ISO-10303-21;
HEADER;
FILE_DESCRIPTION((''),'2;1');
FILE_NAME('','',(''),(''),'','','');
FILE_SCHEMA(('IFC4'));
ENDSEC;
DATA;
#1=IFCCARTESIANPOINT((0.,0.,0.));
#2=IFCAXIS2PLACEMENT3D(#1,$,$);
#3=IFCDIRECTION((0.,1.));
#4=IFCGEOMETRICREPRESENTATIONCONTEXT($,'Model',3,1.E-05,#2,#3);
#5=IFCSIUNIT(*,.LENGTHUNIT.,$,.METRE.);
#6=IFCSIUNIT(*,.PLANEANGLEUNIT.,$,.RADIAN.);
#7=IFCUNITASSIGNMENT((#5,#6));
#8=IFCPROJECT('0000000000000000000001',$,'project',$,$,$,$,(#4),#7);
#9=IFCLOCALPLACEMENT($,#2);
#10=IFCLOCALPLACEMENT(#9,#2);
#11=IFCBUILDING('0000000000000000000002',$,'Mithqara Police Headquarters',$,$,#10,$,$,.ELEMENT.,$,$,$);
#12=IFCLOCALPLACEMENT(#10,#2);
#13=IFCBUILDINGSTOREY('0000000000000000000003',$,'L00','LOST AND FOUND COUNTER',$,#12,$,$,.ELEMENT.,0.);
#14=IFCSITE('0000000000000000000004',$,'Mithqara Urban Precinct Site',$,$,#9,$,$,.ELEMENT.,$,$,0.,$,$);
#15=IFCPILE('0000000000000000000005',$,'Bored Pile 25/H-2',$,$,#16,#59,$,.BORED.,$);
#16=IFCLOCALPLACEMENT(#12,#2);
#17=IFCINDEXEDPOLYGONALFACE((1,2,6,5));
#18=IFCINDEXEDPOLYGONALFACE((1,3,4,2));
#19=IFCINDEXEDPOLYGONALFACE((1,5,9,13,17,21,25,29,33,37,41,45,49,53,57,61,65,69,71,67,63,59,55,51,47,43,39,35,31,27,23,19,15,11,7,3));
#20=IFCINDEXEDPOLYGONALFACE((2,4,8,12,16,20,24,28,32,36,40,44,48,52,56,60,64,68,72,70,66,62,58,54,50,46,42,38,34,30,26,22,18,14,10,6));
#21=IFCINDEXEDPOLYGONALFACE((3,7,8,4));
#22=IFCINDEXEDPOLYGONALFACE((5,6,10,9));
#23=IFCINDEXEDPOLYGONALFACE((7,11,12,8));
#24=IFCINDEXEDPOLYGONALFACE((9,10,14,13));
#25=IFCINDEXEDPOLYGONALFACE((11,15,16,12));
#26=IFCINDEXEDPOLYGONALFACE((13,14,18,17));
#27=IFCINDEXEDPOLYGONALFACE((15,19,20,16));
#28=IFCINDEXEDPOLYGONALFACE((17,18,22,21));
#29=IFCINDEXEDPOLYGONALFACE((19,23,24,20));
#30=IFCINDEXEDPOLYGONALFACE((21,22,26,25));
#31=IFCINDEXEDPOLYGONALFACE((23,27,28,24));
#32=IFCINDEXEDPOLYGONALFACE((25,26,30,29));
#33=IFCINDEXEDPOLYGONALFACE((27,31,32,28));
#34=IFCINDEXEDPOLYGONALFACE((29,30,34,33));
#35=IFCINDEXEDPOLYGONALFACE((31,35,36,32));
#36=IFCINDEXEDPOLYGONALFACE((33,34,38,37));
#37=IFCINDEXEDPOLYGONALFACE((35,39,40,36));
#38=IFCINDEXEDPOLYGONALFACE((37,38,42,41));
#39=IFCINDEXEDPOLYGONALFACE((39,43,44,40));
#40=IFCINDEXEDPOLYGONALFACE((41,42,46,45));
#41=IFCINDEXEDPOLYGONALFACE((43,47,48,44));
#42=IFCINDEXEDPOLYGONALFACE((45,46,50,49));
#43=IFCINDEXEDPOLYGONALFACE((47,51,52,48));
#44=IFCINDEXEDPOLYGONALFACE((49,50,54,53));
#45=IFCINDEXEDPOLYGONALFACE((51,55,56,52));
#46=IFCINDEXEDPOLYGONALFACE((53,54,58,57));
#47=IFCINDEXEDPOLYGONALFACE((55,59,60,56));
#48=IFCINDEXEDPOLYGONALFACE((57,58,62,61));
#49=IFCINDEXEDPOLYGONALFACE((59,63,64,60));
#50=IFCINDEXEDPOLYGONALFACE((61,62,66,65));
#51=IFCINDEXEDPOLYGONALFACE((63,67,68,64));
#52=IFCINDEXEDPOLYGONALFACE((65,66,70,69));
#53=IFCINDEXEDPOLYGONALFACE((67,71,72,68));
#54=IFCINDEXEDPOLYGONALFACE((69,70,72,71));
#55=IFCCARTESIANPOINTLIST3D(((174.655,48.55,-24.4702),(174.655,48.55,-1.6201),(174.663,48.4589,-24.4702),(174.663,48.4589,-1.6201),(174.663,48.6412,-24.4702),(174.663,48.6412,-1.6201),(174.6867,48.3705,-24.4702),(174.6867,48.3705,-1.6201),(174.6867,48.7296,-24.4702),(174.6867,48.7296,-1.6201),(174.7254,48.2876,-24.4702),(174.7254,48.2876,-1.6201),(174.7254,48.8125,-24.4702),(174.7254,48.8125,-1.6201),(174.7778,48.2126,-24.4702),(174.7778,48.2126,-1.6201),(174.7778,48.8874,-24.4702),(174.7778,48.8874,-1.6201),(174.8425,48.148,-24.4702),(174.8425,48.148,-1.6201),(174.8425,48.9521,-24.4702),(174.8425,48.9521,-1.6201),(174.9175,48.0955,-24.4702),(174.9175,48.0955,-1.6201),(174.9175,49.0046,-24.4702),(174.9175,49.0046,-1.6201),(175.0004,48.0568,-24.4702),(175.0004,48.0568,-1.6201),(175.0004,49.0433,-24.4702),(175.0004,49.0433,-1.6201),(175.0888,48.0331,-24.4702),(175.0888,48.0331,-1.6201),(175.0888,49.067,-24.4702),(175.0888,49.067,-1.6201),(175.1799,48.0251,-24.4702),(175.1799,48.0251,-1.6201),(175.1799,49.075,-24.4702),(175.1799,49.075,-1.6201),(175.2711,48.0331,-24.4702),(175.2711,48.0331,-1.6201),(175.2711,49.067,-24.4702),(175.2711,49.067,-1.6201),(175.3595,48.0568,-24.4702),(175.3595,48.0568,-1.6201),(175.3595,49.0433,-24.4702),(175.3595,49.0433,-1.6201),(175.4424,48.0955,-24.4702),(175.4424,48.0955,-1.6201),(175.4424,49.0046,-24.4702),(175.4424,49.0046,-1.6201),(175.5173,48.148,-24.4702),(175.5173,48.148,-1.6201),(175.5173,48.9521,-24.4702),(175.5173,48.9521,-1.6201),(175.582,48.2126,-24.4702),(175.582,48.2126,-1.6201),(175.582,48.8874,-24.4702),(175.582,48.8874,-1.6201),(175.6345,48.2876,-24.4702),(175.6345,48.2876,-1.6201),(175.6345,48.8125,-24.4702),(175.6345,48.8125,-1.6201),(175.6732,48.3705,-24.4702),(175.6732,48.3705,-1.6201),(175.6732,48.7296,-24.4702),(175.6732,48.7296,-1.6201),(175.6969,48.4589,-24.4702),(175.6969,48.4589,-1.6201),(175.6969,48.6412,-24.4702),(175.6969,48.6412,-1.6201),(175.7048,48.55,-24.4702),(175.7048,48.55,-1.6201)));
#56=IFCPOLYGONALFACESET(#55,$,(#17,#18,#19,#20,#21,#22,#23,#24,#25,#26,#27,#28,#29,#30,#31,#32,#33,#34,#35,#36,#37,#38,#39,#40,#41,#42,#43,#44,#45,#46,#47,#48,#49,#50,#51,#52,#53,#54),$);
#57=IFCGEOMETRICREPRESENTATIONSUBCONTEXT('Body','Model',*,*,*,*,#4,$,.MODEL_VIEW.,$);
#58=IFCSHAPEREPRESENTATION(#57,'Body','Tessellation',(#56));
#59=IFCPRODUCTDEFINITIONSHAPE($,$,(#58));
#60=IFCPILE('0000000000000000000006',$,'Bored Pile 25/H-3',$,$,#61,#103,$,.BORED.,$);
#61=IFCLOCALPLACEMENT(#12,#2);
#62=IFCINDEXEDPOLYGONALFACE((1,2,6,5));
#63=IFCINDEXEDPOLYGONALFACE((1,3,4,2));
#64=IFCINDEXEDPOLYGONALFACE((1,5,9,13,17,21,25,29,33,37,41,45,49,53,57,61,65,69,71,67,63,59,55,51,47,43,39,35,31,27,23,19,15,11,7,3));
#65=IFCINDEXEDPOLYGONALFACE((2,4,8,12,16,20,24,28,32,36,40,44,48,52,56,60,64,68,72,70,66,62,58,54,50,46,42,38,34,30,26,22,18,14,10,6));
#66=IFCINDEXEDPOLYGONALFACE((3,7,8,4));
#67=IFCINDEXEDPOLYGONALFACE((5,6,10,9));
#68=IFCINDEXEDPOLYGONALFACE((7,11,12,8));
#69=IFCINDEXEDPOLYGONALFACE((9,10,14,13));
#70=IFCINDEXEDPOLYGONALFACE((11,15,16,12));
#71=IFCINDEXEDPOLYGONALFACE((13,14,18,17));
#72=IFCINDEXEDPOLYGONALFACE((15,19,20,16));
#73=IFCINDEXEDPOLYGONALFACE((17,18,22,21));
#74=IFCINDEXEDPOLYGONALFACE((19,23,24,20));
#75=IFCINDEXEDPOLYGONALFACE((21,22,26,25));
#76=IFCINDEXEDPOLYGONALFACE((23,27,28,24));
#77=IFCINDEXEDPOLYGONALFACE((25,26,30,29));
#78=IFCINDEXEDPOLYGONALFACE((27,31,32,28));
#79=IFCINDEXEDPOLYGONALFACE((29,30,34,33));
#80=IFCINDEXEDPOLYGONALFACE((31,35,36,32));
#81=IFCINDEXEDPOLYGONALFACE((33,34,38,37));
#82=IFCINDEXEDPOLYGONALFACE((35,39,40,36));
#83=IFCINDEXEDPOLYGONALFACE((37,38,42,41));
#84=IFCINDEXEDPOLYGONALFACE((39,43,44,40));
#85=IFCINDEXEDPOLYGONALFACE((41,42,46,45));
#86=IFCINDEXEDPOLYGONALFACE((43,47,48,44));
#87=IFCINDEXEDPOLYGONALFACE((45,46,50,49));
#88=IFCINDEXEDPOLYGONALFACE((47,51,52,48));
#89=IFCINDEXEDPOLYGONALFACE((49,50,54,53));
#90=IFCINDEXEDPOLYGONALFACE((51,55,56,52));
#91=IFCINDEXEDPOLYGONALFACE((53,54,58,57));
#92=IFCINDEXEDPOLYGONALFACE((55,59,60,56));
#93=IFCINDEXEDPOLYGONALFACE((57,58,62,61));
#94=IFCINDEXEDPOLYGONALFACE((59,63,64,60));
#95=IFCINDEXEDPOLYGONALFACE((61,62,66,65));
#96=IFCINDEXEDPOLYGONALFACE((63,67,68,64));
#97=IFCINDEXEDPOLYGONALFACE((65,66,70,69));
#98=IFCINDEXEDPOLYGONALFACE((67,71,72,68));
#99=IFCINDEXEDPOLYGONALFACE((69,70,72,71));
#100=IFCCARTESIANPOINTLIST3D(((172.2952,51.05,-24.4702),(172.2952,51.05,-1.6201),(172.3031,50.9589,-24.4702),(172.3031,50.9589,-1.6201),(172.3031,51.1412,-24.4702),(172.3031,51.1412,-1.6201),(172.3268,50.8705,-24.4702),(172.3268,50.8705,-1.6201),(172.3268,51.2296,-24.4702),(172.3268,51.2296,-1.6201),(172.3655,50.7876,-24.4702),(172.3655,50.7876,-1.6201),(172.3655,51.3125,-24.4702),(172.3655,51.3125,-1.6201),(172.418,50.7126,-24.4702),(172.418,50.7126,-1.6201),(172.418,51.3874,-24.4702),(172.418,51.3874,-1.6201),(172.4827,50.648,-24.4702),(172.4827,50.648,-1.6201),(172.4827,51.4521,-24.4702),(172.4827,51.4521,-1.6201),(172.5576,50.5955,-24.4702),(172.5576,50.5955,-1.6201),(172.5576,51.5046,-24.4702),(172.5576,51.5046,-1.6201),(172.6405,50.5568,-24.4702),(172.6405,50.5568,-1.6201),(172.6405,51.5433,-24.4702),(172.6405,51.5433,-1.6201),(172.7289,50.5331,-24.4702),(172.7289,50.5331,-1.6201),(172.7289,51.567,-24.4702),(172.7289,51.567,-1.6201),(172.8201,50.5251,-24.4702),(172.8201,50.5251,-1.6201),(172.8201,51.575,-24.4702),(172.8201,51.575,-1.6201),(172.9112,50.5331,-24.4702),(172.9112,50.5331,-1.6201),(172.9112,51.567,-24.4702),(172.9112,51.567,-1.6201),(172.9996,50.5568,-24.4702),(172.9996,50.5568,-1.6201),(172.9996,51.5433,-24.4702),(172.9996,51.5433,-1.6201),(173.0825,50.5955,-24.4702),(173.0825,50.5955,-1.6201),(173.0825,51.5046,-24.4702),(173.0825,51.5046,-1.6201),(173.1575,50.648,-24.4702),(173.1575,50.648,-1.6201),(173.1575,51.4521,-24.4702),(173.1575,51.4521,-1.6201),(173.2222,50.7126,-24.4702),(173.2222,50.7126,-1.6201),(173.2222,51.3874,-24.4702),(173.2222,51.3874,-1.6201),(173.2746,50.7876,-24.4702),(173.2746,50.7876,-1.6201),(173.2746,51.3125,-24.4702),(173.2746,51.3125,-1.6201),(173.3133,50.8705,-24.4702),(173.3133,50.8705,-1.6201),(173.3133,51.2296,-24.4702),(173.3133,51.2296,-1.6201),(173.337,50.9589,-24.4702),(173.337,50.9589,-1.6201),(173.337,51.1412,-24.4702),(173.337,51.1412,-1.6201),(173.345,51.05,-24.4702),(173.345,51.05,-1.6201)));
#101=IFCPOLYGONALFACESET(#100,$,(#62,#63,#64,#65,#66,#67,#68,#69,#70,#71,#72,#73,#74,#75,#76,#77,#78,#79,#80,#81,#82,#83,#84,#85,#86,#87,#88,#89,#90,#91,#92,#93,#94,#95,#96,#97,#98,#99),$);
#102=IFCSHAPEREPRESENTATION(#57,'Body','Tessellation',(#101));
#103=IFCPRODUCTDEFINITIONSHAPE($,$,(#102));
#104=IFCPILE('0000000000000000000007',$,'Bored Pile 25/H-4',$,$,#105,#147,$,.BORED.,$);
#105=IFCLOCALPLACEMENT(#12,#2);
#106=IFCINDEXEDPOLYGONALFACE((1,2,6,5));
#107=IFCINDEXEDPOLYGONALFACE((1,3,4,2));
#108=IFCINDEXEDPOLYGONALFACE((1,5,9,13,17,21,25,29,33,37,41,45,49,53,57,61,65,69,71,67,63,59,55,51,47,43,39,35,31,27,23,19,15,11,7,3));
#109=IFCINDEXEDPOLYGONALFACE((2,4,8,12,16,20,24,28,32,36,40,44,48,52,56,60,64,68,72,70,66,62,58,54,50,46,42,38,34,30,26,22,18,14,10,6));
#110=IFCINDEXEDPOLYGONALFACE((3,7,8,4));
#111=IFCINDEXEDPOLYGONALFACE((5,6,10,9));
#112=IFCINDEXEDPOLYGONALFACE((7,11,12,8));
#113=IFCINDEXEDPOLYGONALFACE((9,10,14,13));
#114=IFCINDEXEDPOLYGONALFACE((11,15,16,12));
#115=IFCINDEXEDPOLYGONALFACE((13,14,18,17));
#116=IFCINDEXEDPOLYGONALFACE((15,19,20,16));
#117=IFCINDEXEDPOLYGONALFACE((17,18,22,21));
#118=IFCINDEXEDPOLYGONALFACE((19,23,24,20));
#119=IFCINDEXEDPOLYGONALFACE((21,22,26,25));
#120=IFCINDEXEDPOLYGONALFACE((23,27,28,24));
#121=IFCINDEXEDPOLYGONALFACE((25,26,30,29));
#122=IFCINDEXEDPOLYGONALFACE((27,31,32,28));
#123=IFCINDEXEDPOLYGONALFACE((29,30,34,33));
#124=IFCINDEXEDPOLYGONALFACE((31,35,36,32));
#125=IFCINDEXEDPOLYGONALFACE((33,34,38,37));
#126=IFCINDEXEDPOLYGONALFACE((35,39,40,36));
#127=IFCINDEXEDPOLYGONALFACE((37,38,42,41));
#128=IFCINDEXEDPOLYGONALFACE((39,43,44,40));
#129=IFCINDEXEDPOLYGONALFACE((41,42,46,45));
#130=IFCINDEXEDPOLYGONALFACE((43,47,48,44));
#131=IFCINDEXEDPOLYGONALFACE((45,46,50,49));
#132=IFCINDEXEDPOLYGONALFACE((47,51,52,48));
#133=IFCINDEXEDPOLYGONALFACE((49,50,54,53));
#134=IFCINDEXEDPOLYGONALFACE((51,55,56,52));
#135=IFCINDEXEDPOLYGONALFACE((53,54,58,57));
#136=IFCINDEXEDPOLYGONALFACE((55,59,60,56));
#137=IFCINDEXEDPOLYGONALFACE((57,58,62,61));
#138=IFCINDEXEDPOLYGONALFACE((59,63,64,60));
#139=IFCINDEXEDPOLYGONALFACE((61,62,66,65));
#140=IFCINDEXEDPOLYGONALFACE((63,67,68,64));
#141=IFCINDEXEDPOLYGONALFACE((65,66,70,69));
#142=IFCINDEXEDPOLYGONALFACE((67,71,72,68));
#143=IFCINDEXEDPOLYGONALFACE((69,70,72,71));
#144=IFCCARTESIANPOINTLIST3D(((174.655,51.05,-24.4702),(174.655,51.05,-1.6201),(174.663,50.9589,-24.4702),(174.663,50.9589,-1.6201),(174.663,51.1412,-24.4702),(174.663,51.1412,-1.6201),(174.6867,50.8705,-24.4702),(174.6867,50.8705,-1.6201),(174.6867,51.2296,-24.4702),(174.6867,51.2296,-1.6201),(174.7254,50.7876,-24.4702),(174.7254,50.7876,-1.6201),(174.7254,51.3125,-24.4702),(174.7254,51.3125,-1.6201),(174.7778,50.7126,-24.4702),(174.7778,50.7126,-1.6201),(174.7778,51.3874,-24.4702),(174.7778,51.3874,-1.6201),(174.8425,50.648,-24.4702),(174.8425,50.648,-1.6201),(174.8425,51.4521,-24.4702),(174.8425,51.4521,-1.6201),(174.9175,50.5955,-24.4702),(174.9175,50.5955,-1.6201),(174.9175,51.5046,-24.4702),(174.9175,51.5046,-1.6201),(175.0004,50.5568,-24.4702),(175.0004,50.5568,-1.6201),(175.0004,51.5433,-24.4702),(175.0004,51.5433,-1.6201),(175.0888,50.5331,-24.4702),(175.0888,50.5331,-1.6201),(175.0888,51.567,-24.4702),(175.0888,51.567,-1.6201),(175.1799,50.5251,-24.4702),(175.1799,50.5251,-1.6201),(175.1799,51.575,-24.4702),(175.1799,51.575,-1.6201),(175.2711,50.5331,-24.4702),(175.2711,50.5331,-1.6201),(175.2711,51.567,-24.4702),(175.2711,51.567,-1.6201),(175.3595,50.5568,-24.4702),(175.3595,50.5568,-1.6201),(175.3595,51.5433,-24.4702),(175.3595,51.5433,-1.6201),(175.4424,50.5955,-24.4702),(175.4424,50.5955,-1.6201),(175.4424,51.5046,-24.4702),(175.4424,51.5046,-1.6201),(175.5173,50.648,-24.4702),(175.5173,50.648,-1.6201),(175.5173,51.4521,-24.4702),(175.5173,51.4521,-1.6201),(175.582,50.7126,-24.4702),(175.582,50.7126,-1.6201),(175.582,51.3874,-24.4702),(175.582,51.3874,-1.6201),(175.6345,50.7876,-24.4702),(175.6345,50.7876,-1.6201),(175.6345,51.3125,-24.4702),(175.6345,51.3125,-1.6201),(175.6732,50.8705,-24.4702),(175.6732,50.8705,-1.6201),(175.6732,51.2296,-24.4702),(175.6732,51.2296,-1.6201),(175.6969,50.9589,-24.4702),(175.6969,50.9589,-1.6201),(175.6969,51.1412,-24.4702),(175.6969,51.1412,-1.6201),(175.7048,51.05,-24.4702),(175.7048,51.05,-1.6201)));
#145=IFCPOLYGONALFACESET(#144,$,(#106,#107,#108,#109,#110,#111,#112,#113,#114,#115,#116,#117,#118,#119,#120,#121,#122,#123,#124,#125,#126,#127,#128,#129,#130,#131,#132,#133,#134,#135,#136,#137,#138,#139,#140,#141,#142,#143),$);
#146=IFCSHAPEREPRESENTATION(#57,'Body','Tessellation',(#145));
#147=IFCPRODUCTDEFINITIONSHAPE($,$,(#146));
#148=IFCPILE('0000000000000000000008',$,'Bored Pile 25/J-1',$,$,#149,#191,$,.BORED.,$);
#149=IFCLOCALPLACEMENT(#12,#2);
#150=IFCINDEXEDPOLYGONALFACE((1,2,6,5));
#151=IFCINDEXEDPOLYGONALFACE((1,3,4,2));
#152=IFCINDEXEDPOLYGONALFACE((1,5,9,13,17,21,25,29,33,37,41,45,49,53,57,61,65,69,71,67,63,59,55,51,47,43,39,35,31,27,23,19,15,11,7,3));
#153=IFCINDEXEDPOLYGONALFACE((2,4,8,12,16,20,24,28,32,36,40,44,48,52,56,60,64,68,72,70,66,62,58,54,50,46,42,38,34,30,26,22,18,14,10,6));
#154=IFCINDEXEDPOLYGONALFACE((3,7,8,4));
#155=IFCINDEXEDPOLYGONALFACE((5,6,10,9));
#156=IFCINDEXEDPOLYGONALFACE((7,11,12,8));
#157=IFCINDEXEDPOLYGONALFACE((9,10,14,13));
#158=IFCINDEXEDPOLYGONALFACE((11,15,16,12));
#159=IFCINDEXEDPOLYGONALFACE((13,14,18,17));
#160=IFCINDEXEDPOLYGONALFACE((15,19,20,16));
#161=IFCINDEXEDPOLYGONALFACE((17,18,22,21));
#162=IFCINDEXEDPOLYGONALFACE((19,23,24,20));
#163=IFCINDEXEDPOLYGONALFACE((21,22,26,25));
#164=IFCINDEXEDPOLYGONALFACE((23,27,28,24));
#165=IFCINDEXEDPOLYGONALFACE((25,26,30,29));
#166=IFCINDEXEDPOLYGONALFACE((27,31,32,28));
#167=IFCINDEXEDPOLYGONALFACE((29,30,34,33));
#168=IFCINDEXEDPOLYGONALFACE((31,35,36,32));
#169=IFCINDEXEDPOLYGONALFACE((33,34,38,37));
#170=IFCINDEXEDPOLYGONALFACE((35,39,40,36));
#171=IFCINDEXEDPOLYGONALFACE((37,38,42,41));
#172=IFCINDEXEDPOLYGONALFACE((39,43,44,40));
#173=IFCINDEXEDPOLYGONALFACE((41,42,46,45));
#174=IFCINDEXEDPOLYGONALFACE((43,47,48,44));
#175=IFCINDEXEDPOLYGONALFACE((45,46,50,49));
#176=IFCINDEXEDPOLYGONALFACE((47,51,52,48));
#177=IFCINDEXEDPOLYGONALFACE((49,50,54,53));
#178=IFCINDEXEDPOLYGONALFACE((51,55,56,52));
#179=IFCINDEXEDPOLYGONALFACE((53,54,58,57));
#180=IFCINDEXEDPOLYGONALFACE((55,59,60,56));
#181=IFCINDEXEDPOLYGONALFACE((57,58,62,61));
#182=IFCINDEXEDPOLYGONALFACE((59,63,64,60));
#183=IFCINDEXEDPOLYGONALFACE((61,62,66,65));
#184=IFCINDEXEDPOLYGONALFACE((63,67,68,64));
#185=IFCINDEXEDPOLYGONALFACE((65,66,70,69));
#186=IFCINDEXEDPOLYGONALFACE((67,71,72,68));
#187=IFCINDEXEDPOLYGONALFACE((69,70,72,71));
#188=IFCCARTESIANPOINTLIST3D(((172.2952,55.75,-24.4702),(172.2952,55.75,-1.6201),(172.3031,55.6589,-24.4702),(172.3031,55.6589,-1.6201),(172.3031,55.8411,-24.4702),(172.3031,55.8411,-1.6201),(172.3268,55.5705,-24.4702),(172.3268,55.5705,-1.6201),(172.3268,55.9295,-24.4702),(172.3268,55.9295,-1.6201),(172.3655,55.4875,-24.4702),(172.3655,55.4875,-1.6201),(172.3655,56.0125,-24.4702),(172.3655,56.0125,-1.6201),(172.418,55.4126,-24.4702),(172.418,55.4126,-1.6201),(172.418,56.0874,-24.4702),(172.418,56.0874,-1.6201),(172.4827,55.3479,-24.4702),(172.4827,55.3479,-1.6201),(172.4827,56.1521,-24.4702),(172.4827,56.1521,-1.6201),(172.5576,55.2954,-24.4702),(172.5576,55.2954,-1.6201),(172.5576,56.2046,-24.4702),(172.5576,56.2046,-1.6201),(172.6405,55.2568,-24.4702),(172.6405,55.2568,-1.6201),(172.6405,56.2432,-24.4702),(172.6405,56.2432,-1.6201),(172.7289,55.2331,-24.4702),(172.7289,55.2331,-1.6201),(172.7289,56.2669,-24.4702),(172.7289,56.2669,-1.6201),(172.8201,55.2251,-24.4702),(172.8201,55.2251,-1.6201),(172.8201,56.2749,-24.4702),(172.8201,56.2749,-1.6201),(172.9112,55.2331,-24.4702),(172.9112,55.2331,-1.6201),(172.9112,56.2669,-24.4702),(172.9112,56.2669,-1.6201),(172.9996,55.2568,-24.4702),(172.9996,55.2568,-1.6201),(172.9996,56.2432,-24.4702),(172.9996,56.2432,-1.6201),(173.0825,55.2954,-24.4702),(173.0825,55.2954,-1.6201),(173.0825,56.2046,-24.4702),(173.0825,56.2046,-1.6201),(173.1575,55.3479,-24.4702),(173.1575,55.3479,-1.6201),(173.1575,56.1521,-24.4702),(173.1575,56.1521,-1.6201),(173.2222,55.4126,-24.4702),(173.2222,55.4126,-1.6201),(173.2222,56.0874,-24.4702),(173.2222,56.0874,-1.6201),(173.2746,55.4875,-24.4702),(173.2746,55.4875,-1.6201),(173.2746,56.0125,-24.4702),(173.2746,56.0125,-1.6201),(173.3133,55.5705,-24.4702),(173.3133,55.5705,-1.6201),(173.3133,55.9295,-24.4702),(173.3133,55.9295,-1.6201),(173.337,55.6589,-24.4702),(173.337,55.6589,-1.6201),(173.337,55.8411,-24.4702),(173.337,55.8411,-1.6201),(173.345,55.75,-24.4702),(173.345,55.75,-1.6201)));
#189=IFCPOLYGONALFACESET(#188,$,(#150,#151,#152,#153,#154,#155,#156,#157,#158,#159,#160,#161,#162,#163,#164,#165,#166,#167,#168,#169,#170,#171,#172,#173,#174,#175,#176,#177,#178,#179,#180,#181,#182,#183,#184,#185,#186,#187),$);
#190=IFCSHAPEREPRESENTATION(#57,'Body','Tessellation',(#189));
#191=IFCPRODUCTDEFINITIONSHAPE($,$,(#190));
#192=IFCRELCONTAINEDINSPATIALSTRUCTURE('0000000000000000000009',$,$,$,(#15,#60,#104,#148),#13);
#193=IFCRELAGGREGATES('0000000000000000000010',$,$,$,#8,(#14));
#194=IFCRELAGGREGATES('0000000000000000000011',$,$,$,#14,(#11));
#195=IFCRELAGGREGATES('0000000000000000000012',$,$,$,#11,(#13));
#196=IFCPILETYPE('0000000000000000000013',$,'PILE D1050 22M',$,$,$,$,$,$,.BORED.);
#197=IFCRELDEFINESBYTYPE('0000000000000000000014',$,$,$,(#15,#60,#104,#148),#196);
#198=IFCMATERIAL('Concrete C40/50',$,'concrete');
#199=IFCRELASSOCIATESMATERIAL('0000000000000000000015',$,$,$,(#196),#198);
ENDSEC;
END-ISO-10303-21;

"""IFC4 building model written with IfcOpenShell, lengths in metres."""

from ifc_helpers import new_model, si_unit, direction, frame, origin, origin_2d, place, context, subcontext, project, spatial, circle, extrude, material, material_profile, profile_set, type_object, element, save


model = new_model("IFC4")

# Units and contexts
model_context = context("Model", 3, precision=1e-05, world=origin(), true_north=direction((0.0, 1.0)))
body_context = subcontext(model_context, "Body", "Model", "MODEL_VIEW")
ifc_project = project(units=[si_unit("LENGTHUNIT", "METRE"), si_unit("PLANEANGLEUNIT", "RADIAN")], contexts=[model_context])

# Site, building, storey
site_placement = place(None, origin())
site = spatial("IfcSite", under=ifc_project, at=site_placement, Name="Mithqara Urban Precinct Site", CompositionType="ELEMENT", RefElevation=0.0)
building_placement = place(site_placement, origin())
building = spatial("IfcBuilding", under=site, at=building_placement, Name="Mithqara Police Headquarters", CompositionType="ELEMENT")
storey_placement = place(building_placement, origin())
storey = spatial("IfcBuildingStorey", under=building, at=storey_placement, Name="L00", Description="LOST AND FOUND COUNTER", CompositionType="ELEMENT", Elevation=0.0)

# Shared definitions
ifc_material_1 = material(Name="Concrete C40/50", Category="concrete")

# Piles
ifc_material_profile_1 = material_profile(ifc_material_1, circle(Radius=0.5249, at=origin_2d()), Name="PILE D1050")
ifc_profile_set_1 = profile_set([ifc_material_profile_1], Name="Concrete C40/50")
pile_type = type_object("IfcPileType", Name="PILE D1050 22M", PredefinedType="BORED", material=ifc_profile_set_1)
for number, where, z_axis, x_axis, name in (
    (1, (175.1799, 48.55, -1.6201), (0.0, 0.0, -1.0), (1.0, 0.0, 0.0), "Bored Pile 25/H-2"),
    (2, (172.8201, 51.05, -1.6201), (0.0, 0.0, -1.0), (1.0, 0.0, 0.0), "Bored Pile 25/H-3"),
    (3, (175.1799, 51.05, -1.6201), (0.0, 0.0, -1.0), (1.0, 0.0, 0.0), "Bored Pile 25/H-4"),
    (4, (172.8201, 55.75, -1.6201), (0.0, 0.0, -1.0), (1.0, 0.0, 0.0), "Bored Pile 25/J-1"),
):
    element("IfcPile", number, at=place(storey_placement, frame(where, z_axis=z_axis, x_axis=x_axis)), inside=storey, type_object=pile_type, Name=name, PredefinedType="BORED", context=body_context, shape_type="SweptSolid", body=[
        extrude(circle(Radius=0.5249, at=origin_2d()), origin(), (0.0, 0.0, 1.0), 22.8501),
    ])

save(model, "model.ifc")
